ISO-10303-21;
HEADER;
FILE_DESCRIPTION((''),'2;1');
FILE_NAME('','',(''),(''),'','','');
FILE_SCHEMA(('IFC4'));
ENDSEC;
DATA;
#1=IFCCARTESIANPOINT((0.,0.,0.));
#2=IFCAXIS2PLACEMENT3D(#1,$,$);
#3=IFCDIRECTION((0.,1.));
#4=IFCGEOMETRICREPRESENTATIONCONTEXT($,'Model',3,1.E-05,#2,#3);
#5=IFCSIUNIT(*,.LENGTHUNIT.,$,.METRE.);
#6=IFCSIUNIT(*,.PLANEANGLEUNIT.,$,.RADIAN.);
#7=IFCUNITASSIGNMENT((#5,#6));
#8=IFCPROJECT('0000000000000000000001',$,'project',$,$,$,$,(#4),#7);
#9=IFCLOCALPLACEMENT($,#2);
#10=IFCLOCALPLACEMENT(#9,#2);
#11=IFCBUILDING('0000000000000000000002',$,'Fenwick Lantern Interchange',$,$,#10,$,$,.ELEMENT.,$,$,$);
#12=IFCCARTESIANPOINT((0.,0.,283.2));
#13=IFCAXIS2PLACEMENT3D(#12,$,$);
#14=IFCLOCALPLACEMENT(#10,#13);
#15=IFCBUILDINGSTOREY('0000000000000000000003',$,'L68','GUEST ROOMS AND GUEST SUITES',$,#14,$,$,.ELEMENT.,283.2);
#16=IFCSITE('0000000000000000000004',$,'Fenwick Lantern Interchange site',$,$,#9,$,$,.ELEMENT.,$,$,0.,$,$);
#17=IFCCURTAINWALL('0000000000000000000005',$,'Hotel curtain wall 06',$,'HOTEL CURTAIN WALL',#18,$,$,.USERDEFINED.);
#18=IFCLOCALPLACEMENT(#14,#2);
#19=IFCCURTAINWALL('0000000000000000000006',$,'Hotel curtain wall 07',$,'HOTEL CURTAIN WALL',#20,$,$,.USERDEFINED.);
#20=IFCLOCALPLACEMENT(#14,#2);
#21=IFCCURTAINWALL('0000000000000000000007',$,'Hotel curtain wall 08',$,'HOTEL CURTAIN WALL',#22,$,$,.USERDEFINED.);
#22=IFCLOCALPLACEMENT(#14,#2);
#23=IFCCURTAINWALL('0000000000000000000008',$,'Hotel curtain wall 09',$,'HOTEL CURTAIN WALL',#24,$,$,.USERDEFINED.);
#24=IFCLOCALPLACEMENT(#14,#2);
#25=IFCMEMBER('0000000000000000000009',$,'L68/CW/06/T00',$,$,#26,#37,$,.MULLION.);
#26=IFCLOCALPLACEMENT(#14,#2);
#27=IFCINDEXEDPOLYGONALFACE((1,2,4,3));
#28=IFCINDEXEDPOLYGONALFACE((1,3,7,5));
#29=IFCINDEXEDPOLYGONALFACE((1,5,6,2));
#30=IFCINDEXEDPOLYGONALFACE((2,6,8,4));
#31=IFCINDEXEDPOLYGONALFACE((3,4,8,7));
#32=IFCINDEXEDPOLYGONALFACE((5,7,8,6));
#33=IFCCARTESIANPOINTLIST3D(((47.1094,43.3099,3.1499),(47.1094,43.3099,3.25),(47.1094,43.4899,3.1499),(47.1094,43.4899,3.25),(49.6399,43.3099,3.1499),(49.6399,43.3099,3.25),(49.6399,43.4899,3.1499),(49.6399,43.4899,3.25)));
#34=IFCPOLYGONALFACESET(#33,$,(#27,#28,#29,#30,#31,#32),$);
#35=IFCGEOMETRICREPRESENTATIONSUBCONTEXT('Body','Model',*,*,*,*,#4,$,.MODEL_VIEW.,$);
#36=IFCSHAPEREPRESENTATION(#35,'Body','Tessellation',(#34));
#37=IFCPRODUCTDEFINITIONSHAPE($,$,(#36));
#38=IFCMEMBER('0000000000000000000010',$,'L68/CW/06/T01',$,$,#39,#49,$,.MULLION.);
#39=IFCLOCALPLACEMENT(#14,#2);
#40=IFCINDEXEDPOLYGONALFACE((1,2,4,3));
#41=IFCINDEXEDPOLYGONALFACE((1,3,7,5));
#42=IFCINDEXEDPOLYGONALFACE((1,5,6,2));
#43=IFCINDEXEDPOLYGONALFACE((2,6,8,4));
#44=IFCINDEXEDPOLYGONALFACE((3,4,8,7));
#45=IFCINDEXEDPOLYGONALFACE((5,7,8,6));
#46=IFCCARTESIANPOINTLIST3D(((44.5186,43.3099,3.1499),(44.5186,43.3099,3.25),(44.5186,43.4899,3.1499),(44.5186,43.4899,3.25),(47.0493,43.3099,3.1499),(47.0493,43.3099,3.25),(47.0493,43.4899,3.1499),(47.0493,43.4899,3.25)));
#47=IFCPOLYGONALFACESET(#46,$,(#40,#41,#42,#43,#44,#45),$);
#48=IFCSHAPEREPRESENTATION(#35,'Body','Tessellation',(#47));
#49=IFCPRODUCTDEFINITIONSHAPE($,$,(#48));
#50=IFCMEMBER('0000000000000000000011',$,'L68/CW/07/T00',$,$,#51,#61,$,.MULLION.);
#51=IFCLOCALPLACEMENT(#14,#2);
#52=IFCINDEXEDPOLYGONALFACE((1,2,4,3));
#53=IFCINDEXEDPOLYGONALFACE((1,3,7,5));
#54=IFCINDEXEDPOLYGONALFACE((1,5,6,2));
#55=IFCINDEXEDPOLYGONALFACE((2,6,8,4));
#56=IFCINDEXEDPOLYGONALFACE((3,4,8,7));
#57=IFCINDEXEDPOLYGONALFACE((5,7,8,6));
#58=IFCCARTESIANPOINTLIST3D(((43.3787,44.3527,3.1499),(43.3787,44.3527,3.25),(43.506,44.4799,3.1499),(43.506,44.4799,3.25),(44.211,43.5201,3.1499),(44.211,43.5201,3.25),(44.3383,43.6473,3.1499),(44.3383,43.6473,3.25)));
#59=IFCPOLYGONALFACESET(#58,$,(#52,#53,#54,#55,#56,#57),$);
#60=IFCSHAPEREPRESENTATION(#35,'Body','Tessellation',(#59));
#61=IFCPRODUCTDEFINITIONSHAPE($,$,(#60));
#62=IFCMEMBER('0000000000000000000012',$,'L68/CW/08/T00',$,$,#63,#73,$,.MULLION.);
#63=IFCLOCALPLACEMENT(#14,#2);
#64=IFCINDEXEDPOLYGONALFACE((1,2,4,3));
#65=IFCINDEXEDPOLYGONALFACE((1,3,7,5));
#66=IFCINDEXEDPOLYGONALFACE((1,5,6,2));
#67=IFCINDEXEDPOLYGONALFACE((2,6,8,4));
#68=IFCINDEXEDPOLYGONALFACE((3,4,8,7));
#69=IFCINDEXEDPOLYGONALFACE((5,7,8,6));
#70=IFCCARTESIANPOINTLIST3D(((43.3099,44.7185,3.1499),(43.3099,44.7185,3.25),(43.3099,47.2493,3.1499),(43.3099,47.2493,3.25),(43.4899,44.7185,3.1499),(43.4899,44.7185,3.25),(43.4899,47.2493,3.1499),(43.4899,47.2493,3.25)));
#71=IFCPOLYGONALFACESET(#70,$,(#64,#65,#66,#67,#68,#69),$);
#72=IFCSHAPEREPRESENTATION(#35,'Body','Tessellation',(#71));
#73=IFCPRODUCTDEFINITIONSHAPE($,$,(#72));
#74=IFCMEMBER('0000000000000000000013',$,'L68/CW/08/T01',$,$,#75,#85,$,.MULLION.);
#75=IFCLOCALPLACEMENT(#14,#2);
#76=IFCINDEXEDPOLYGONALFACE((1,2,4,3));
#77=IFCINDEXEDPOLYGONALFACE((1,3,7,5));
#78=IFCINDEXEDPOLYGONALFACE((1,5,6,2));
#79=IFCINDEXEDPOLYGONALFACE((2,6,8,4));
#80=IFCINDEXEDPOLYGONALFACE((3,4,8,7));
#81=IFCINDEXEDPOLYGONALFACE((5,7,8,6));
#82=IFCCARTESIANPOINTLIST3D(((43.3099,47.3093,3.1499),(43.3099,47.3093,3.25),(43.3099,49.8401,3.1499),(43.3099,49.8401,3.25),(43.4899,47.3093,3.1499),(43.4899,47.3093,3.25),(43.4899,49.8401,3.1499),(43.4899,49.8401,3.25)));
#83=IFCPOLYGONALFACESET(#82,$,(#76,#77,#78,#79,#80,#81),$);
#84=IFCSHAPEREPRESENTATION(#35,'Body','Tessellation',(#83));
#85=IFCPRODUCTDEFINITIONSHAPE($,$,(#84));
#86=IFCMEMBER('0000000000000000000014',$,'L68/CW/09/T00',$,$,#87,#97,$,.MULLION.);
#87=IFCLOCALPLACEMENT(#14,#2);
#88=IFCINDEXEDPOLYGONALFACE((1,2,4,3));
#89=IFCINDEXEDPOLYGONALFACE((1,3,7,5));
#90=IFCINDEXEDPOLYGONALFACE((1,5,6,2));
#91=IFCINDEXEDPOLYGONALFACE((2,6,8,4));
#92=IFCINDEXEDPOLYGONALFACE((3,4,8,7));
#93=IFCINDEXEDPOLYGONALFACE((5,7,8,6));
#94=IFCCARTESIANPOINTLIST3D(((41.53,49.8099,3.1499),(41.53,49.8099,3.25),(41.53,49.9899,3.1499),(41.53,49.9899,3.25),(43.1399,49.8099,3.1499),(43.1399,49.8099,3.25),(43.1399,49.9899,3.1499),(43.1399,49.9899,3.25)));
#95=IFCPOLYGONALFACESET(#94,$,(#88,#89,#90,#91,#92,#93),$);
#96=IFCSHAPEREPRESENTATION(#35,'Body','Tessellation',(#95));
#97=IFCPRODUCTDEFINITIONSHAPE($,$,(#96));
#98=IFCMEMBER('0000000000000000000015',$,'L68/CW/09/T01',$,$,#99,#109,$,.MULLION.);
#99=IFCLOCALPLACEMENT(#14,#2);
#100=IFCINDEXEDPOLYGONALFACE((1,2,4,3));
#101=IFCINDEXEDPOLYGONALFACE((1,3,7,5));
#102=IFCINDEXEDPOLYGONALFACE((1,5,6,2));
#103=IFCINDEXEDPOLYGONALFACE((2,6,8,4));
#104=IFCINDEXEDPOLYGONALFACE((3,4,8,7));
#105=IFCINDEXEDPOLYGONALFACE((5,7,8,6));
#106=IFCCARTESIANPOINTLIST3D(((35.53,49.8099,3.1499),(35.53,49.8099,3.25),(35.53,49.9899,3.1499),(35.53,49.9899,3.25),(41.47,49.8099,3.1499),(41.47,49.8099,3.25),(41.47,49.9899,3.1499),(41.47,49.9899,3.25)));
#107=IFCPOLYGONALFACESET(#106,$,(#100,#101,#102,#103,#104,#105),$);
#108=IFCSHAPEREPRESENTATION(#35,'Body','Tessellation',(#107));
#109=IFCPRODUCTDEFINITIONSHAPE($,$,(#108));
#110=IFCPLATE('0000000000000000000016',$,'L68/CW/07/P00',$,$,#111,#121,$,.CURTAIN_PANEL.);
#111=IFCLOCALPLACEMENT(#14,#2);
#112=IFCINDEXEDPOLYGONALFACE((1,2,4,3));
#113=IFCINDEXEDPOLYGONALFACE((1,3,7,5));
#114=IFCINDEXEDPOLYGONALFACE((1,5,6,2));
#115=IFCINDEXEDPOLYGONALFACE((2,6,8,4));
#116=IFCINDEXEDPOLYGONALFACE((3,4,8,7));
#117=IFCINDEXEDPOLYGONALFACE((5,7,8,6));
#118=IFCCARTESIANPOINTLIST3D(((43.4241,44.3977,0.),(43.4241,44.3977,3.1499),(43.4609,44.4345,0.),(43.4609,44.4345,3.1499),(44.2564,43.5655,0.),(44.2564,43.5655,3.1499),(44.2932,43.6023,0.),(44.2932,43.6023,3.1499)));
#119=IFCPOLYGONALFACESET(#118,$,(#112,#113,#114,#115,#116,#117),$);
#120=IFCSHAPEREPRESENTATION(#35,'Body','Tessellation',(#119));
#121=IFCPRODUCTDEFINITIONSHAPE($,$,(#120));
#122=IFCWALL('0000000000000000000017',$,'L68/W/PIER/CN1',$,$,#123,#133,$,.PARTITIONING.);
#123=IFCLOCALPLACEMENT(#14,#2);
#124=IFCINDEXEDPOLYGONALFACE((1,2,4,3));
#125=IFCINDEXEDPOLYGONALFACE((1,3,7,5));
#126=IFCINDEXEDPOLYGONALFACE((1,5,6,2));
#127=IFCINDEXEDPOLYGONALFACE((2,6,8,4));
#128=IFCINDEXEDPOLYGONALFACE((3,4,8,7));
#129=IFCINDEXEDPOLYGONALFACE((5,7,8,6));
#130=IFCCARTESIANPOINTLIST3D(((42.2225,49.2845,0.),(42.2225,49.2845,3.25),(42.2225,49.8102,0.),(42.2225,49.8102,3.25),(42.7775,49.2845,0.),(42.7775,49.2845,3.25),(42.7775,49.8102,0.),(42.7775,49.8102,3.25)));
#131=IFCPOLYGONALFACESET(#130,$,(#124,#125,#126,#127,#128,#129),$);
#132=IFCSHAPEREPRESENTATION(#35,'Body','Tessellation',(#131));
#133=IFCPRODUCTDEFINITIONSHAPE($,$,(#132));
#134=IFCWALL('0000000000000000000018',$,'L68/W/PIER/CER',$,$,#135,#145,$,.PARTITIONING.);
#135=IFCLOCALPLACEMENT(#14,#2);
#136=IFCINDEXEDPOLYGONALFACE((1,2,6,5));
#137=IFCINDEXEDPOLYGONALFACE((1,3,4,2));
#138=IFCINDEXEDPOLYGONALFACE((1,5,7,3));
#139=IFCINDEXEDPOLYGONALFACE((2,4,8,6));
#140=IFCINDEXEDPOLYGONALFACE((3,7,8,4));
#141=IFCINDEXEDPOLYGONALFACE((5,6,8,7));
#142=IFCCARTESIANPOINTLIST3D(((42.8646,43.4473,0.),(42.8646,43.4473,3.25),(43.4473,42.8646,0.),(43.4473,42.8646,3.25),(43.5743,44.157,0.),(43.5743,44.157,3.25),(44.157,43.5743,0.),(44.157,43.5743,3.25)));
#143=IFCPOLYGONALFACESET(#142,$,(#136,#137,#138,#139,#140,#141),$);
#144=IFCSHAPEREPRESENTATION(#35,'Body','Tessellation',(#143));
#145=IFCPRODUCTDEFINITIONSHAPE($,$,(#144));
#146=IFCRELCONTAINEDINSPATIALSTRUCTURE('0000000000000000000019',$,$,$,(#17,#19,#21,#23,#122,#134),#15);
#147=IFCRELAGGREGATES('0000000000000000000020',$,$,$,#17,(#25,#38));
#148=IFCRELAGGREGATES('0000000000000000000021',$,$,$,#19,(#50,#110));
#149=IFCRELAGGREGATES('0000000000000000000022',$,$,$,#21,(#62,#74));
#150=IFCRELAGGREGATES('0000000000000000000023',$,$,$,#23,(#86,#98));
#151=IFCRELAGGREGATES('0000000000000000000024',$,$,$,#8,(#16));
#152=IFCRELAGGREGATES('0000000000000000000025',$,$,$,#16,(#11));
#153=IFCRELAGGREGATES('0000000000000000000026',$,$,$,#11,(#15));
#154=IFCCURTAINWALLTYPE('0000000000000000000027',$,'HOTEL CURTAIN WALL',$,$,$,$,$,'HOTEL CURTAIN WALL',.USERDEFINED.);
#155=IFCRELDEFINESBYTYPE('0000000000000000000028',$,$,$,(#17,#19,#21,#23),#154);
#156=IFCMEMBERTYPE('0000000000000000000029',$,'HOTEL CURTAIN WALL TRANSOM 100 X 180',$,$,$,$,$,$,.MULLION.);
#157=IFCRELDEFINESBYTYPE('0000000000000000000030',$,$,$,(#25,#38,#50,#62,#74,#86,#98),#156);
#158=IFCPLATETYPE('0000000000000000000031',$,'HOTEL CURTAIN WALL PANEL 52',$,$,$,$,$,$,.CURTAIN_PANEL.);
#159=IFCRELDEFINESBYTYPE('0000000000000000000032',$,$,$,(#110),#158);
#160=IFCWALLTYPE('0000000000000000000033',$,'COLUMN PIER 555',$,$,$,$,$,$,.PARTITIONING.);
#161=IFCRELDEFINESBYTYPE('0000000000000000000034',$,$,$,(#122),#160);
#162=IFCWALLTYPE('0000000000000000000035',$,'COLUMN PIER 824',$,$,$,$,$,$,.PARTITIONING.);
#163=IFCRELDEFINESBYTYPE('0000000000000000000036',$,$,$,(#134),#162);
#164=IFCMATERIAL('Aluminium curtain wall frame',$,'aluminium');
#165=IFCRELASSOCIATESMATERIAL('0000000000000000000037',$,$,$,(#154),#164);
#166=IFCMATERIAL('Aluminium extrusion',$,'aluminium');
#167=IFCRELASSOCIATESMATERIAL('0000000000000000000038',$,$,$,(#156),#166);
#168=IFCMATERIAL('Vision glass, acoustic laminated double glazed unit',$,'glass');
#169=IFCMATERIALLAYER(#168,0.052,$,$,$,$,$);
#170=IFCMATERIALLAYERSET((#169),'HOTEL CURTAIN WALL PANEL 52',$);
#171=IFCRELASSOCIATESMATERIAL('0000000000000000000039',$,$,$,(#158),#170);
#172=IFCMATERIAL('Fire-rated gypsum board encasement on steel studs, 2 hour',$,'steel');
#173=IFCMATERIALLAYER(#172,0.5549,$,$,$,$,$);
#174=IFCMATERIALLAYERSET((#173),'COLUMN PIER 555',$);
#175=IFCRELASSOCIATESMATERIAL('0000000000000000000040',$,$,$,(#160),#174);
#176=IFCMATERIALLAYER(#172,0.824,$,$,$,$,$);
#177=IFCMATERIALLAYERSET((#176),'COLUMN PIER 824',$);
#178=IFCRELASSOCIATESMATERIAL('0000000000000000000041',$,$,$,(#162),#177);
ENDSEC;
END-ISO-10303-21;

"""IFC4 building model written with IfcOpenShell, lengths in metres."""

from ifc_helpers import new_model, si_unit, direction, frame, frame_2d, origin, origin_2d, place, context, subcontext, project, spatial, rectangle, extrude, material, layer, layer_set, material_profile, profile_set, type_object, element, aggregate, save


model = new_model("IFC4")

# Units and contexts
model_context = context("Model", 3, precision=1e-05, world=origin(), true_north=direction((0.0, 1.0)))
body_context = subcontext(model_context, "Body", "Model", "MODEL_VIEW")
ifc_project = project(units=[si_unit("LENGTHUNIT", "METRE"), si_unit("PLANEANGLEUNIT", "RADIAN")], contexts=[model_context])

# Site, building, storey
site_placement = place(None, origin())
site = spatial("IfcSite", under=ifc_project, at=site_placement, Name="Fenwick Lantern Interchange site", CompositionType="ELEMENT", RefElevation=0.0)
building_placement = place(site_placement, origin())
building = spatial("IfcBuilding", under=site, at=building_placement, Name="Fenwick Lantern Interchange", CompositionType="ELEMENT")
storey_placement = place(building_placement, frame((0.0, 0.0, 283.2)))
storey = spatial("IfcBuildingStorey", under=building, at=storey_placement, Name="L68", Description="GUEST ROOMS AND GUEST SUITES", CompositionType="ELEMENT", Elevation=283.2)

# Curtain walls
ifc_material_1 = material(Name="Aluminium curtain wall frame", Category="aluminium")
curtain_wall_type = type_object("IfcCurtainWallType", Name="HOTEL CURTAIN WALL", ElementType="HOTEL CURTAIN WALL", PredefinedType="USERDEFINED", material=ifc_material_1)
curtain_wall_1_placement = place(storey_placement, origin())
curtain_wall_1 = element("IfcCurtainWall", 1, at=curtain_wall_1_placement, inside=storey, type_object=curtain_wall_type, Name="Hotel curtain wall 06", ObjectType="HOTEL CURTAIN WALL", PredefinedType="USERDEFINED")
ifc_material_2 = material(Name="Aluminium extrusion", Category="aluminium")
curtain_wall_2_placement = place(storey_placement, origin())
curtain_wall_2 = element("IfcCurtainWall", 2, at=curtain_wall_2_placement, inside=storey, type_object=curtain_wall_type, Name="Hotel curtain wall 07", ObjectType="HOTEL CURTAIN WALL", PredefinedType="USERDEFINED")
curtain_wall_3_placement = place(storey_placement, origin())
curtain_wall_3 = element("IfcCurtainWall", 3, at=curtain_wall_3_placement, inside=storey, type_object=curtain_wall_type, Name="Hotel curtain wall 08", ObjectType="HOTEL CURTAIN WALL", PredefinedType="USERDEFINED")
curtain_wall_4_placement = place(storey_placement, origin())
curtain_wall_4 = element("IfcCurtainWall", 4, at=curtain_wall_4_placement, inside=storey, type_object=curtain_wall_type, Name="Hotel curtain wall 09", ObjectType="HOTEL CURTAIN WALL", PredefinedType="USERDEFINED")

# Members
ifc_material_profile_1 = material_profile(ifc_material_2, rectangle(XDim=0.1799, YDim=0.1001, at=origin_2d()), Name="HOTEL CURTAIN WALL TRANSOM 100 X 180")
ifc_profile_set_1 = profile_set([ifc_material_profile_1], Name="Aluminium extrusion")
member_type_1 = type_object("IfcMemberType", Name="HOTEL CURTAIN WALL TRANSOM 100 X 180", PredefinedType="MULLION", material=ifc_profile_set_1)
member_1_placement = place(storey_placement, frame((49.6399, 43.3999, 3.2), z_axis=(-1.0, 0.0, 0.0), x_axis=(0.0, -1.0, 0.0)))
member_1 = element("IfcMember", 5, at=member_1_placement, type_object=member_type_1, Name="L68/CW/06/T00", PredefinedType="MULLION", context=body_context, shape_type="SweptSolid", body=[
    extrude(rectangle(XDim=0.1799, YDim=0.1001, at=origin_2d()), origin(), (0.0, 0.0, 1.0), 2.5305),
])
member_2_placement = place(storey_placement, frame((47.0493, 43.3999, 3.2), z_axis=(-1.0, 0.0, 0.0), x_axis=(0.0, -1.0, 0.0)))
member_2 = element("IfcMember", 6, at=member_2_placement, type_object=member_type_1, Name="L68/CW/06/T01", PredefinedType="MULLION", context=body_context, shape_type="SweptSolid", body=[
    extrude(rectangle(XDim=0.1799, YDim=0.1001, at=origin_2d()), origin(), (0.0, 0.0, 1.0), 2.5308),
])
aggregate(curtain_wall_1, [member_1, member_2])
member_3_placement = place(storey_placement, frame((44.2747, 43.5837, 3.2), z_axis=(-0.707003, 0.70721, 0.0), x_axis=(-0.70721, -0.707003, 0.0)))
member_3 = element("IfcMember", 7, at=member_3_placement, type_object=member_type_1, Name="L68/CW/07/T00", PredefinedType="MULLION", context=body_context, shape_type="SweptSolid", body=[
    extrude(rectangle(XDim=0.1799, YDim=0.1001, at=origin_2d()), origin(), (0.0, 0.0, 1.0), 1.1772),
])
member_4_placement = place(storey_placement, frame((43.3999, 44.7185, 3.2), z_axis=(0.0, 1.0, 0.0), x_axis=(-1.0, 0.0, 0.0)))
member_4 = element("IfcMember", 8, at=member_4_placement, type_object=member_type_1, Name="L68/CW/08/T00", PredefinedType="MULLION", context=body_context, shape_type="SweptSolid", body=[
    extrude(rectangle(XDim=0.1799, YDim=0.1001, at=origin_2d()), origin(), (0.0, 0.0, 1.0), 2.5308),
])
member_5_placement = place(storey_placement, frame((43.3999, 47.3093, 3.2), z_axis=(0.0, 1.0, 0.0), x_axis=(-1.0, 0.0, 0.0)))
member_5 = element("IfcMember", 9, at=member_5_placement, type_object=member_type_1, Name="L68/CW/08/T01", PredefinedType="MULLION", context=body_context, shape_type="SweptSolid", body=[
    extrude(rectangle(XDim=0.1799, YDim=0.1001, at=origin_2d()), origin(), (0.0, 0.0, 1.0), 2.5308),
])
member_6_placement = place(storey_placement, frame((43.1399, 49.8999, 3.2), z_axis=(-1.0, 0.0, 0.0), x_axis=(0.0, -1.0, 0.0)))
member_6 = element("IfcMember", 10, at=member_6_placement, type_object=member_type_1, Name="L68/CW/09/T00", PredefinedType="MULLION", context=body_context, shape_type="SweptSolid", body=[
    extrude(rectangle(XDim=0.1799, YDim=0.1001, at=origin_2d()), origin(), (0.0, 0.0, 1.0), 1.6099),
])
member_7_placement = place(storey_placement, frame((41.47, 49.8999, 3.2), z_axis=(-1.0, 0.0, 0.0), x_axis=(0.0, -1.0, 0.0)))
member_7 = element("IfcMember", 11, at=member_7_placement, type_object=member_type_1, Name="L68/CW/09/T01", PredefinedType="MULLION", context=body_context, shape_type="SweptSolid", body=[
    extrude(rectangle(XDim=0.1799, YDim=0.1001, at=origin_2d()), origin(), (0.0, 0.0, 1.0), 5.9399),
])

# Plate
ifc_material_3 = material(Name="Vision glass, acoustic laminated double glazed unit", Category="glass")
ifc_layer_1 = layer(ifc_material_3, 0.052)
ifc_layer_set_1 = layer_set([ifc_layer_1], Name="HOTEL CURTAIN WALL PANEL 52")
plate_type = type_object("IfcPlateType", Name="HOTEL CURTAIN WALL PANEL 52", PredefinedType="CURTAIN_PANEL", material=ifc_layer_set_1)
plate_1_placement = place(storey_placement, frame((43.8586, 44.0, 0.0), z_axis=(0.0, 0.0, 1.0), x_axis=(-0.707107, 0.707107, 0.0)))
plate_1 = element("IfcPlate", 12, at=plate_1_placement, type_object=plate_type, Name="L68/CW/07/P00", PredefinedType="CURTAIN_PANEL", context=body_context, shape_type="SweptSolid", body=[
    extrude(rectangle(XDim=1.177, YDim=0.052, at=origin_2d()), origin(), (0.0, 0.0, 1.0), 3.1499),
])
aggregate(curtain_wall_2, [member_3, plate_1])
aggregate(curtain_wall_3, [member_4, member_5])
aggregate(curtain_wall_4, [member_6, member_7])

# Walls
ifc_material_4 = material(Name="Fire-rated gypsum board encasement on steel studs, 2 hour", Category="steel")
ifc_layer_2 = layer(ifc_material_4, 0.5549)
ifc_layer_set_2 = layer_set([ifc_layer_2], Name="COLUMN PIER 555")
wall_type_1 = type_object("IfcWallType", Name="COLUMN PIER 555", PredefinedType="PARTITIONING", material=ifc_layer_set_2)
wall_1_placement = place(storey_placement, frame((42.5, 49.8101, 0.0), z_axis=(0.0, 0.0, 1.0), x_axis=(0.0, -1.0, 0.0)))
element("IfcWall", 13, at=wall_1_placement, inside=storey, type_object=wall_type_1, Name="L68/W/PIER/CN1", PredefinedType="PARTITIONING", context=body_context, shape_type="SweptSolid", body=[
    extrude(rectangle(XDim=0.5256, YDim=0.5549, at=frame_2d((0.2627, 0.0))), origin(), (0.0, 0.0, 1.0), 3.25),
])
ifc_layer_3 = layer(ifc_material_4, 0.824)
ifc_layer_set_3 = layer_set([ifc_layer_3], Name="COLUMN PIER 824")
wall_type_2 = type_object("IfcWallType", Name="COLUMN PIER 824", PredefinedType="PARTITIONING", material=ifc_layer_set_3)
wall_2_placement = place(storey_placement, frame((43.8657, 43.8657, 0.0), z_axis=(0.0, 0.0, 1.0), x_axis=(-0.707107, -0.707107, 0.0)))
element("IfcWall", 14, at=wall_2_placement, inside=storey, type_object=wall_type_2, Name="L68/W/PIER/CER", PredefinedType="PARTITIONING", context=body_context, shape_type="SweptSolid", body=[
    extrude(rectangle(XDim=1.0037, YDim=0.824, at=frame_2d((0.502, 0.0))), origin(), (0.0, 0.0, 1.0), 3.25),
])

save(model, "model.ifc")
